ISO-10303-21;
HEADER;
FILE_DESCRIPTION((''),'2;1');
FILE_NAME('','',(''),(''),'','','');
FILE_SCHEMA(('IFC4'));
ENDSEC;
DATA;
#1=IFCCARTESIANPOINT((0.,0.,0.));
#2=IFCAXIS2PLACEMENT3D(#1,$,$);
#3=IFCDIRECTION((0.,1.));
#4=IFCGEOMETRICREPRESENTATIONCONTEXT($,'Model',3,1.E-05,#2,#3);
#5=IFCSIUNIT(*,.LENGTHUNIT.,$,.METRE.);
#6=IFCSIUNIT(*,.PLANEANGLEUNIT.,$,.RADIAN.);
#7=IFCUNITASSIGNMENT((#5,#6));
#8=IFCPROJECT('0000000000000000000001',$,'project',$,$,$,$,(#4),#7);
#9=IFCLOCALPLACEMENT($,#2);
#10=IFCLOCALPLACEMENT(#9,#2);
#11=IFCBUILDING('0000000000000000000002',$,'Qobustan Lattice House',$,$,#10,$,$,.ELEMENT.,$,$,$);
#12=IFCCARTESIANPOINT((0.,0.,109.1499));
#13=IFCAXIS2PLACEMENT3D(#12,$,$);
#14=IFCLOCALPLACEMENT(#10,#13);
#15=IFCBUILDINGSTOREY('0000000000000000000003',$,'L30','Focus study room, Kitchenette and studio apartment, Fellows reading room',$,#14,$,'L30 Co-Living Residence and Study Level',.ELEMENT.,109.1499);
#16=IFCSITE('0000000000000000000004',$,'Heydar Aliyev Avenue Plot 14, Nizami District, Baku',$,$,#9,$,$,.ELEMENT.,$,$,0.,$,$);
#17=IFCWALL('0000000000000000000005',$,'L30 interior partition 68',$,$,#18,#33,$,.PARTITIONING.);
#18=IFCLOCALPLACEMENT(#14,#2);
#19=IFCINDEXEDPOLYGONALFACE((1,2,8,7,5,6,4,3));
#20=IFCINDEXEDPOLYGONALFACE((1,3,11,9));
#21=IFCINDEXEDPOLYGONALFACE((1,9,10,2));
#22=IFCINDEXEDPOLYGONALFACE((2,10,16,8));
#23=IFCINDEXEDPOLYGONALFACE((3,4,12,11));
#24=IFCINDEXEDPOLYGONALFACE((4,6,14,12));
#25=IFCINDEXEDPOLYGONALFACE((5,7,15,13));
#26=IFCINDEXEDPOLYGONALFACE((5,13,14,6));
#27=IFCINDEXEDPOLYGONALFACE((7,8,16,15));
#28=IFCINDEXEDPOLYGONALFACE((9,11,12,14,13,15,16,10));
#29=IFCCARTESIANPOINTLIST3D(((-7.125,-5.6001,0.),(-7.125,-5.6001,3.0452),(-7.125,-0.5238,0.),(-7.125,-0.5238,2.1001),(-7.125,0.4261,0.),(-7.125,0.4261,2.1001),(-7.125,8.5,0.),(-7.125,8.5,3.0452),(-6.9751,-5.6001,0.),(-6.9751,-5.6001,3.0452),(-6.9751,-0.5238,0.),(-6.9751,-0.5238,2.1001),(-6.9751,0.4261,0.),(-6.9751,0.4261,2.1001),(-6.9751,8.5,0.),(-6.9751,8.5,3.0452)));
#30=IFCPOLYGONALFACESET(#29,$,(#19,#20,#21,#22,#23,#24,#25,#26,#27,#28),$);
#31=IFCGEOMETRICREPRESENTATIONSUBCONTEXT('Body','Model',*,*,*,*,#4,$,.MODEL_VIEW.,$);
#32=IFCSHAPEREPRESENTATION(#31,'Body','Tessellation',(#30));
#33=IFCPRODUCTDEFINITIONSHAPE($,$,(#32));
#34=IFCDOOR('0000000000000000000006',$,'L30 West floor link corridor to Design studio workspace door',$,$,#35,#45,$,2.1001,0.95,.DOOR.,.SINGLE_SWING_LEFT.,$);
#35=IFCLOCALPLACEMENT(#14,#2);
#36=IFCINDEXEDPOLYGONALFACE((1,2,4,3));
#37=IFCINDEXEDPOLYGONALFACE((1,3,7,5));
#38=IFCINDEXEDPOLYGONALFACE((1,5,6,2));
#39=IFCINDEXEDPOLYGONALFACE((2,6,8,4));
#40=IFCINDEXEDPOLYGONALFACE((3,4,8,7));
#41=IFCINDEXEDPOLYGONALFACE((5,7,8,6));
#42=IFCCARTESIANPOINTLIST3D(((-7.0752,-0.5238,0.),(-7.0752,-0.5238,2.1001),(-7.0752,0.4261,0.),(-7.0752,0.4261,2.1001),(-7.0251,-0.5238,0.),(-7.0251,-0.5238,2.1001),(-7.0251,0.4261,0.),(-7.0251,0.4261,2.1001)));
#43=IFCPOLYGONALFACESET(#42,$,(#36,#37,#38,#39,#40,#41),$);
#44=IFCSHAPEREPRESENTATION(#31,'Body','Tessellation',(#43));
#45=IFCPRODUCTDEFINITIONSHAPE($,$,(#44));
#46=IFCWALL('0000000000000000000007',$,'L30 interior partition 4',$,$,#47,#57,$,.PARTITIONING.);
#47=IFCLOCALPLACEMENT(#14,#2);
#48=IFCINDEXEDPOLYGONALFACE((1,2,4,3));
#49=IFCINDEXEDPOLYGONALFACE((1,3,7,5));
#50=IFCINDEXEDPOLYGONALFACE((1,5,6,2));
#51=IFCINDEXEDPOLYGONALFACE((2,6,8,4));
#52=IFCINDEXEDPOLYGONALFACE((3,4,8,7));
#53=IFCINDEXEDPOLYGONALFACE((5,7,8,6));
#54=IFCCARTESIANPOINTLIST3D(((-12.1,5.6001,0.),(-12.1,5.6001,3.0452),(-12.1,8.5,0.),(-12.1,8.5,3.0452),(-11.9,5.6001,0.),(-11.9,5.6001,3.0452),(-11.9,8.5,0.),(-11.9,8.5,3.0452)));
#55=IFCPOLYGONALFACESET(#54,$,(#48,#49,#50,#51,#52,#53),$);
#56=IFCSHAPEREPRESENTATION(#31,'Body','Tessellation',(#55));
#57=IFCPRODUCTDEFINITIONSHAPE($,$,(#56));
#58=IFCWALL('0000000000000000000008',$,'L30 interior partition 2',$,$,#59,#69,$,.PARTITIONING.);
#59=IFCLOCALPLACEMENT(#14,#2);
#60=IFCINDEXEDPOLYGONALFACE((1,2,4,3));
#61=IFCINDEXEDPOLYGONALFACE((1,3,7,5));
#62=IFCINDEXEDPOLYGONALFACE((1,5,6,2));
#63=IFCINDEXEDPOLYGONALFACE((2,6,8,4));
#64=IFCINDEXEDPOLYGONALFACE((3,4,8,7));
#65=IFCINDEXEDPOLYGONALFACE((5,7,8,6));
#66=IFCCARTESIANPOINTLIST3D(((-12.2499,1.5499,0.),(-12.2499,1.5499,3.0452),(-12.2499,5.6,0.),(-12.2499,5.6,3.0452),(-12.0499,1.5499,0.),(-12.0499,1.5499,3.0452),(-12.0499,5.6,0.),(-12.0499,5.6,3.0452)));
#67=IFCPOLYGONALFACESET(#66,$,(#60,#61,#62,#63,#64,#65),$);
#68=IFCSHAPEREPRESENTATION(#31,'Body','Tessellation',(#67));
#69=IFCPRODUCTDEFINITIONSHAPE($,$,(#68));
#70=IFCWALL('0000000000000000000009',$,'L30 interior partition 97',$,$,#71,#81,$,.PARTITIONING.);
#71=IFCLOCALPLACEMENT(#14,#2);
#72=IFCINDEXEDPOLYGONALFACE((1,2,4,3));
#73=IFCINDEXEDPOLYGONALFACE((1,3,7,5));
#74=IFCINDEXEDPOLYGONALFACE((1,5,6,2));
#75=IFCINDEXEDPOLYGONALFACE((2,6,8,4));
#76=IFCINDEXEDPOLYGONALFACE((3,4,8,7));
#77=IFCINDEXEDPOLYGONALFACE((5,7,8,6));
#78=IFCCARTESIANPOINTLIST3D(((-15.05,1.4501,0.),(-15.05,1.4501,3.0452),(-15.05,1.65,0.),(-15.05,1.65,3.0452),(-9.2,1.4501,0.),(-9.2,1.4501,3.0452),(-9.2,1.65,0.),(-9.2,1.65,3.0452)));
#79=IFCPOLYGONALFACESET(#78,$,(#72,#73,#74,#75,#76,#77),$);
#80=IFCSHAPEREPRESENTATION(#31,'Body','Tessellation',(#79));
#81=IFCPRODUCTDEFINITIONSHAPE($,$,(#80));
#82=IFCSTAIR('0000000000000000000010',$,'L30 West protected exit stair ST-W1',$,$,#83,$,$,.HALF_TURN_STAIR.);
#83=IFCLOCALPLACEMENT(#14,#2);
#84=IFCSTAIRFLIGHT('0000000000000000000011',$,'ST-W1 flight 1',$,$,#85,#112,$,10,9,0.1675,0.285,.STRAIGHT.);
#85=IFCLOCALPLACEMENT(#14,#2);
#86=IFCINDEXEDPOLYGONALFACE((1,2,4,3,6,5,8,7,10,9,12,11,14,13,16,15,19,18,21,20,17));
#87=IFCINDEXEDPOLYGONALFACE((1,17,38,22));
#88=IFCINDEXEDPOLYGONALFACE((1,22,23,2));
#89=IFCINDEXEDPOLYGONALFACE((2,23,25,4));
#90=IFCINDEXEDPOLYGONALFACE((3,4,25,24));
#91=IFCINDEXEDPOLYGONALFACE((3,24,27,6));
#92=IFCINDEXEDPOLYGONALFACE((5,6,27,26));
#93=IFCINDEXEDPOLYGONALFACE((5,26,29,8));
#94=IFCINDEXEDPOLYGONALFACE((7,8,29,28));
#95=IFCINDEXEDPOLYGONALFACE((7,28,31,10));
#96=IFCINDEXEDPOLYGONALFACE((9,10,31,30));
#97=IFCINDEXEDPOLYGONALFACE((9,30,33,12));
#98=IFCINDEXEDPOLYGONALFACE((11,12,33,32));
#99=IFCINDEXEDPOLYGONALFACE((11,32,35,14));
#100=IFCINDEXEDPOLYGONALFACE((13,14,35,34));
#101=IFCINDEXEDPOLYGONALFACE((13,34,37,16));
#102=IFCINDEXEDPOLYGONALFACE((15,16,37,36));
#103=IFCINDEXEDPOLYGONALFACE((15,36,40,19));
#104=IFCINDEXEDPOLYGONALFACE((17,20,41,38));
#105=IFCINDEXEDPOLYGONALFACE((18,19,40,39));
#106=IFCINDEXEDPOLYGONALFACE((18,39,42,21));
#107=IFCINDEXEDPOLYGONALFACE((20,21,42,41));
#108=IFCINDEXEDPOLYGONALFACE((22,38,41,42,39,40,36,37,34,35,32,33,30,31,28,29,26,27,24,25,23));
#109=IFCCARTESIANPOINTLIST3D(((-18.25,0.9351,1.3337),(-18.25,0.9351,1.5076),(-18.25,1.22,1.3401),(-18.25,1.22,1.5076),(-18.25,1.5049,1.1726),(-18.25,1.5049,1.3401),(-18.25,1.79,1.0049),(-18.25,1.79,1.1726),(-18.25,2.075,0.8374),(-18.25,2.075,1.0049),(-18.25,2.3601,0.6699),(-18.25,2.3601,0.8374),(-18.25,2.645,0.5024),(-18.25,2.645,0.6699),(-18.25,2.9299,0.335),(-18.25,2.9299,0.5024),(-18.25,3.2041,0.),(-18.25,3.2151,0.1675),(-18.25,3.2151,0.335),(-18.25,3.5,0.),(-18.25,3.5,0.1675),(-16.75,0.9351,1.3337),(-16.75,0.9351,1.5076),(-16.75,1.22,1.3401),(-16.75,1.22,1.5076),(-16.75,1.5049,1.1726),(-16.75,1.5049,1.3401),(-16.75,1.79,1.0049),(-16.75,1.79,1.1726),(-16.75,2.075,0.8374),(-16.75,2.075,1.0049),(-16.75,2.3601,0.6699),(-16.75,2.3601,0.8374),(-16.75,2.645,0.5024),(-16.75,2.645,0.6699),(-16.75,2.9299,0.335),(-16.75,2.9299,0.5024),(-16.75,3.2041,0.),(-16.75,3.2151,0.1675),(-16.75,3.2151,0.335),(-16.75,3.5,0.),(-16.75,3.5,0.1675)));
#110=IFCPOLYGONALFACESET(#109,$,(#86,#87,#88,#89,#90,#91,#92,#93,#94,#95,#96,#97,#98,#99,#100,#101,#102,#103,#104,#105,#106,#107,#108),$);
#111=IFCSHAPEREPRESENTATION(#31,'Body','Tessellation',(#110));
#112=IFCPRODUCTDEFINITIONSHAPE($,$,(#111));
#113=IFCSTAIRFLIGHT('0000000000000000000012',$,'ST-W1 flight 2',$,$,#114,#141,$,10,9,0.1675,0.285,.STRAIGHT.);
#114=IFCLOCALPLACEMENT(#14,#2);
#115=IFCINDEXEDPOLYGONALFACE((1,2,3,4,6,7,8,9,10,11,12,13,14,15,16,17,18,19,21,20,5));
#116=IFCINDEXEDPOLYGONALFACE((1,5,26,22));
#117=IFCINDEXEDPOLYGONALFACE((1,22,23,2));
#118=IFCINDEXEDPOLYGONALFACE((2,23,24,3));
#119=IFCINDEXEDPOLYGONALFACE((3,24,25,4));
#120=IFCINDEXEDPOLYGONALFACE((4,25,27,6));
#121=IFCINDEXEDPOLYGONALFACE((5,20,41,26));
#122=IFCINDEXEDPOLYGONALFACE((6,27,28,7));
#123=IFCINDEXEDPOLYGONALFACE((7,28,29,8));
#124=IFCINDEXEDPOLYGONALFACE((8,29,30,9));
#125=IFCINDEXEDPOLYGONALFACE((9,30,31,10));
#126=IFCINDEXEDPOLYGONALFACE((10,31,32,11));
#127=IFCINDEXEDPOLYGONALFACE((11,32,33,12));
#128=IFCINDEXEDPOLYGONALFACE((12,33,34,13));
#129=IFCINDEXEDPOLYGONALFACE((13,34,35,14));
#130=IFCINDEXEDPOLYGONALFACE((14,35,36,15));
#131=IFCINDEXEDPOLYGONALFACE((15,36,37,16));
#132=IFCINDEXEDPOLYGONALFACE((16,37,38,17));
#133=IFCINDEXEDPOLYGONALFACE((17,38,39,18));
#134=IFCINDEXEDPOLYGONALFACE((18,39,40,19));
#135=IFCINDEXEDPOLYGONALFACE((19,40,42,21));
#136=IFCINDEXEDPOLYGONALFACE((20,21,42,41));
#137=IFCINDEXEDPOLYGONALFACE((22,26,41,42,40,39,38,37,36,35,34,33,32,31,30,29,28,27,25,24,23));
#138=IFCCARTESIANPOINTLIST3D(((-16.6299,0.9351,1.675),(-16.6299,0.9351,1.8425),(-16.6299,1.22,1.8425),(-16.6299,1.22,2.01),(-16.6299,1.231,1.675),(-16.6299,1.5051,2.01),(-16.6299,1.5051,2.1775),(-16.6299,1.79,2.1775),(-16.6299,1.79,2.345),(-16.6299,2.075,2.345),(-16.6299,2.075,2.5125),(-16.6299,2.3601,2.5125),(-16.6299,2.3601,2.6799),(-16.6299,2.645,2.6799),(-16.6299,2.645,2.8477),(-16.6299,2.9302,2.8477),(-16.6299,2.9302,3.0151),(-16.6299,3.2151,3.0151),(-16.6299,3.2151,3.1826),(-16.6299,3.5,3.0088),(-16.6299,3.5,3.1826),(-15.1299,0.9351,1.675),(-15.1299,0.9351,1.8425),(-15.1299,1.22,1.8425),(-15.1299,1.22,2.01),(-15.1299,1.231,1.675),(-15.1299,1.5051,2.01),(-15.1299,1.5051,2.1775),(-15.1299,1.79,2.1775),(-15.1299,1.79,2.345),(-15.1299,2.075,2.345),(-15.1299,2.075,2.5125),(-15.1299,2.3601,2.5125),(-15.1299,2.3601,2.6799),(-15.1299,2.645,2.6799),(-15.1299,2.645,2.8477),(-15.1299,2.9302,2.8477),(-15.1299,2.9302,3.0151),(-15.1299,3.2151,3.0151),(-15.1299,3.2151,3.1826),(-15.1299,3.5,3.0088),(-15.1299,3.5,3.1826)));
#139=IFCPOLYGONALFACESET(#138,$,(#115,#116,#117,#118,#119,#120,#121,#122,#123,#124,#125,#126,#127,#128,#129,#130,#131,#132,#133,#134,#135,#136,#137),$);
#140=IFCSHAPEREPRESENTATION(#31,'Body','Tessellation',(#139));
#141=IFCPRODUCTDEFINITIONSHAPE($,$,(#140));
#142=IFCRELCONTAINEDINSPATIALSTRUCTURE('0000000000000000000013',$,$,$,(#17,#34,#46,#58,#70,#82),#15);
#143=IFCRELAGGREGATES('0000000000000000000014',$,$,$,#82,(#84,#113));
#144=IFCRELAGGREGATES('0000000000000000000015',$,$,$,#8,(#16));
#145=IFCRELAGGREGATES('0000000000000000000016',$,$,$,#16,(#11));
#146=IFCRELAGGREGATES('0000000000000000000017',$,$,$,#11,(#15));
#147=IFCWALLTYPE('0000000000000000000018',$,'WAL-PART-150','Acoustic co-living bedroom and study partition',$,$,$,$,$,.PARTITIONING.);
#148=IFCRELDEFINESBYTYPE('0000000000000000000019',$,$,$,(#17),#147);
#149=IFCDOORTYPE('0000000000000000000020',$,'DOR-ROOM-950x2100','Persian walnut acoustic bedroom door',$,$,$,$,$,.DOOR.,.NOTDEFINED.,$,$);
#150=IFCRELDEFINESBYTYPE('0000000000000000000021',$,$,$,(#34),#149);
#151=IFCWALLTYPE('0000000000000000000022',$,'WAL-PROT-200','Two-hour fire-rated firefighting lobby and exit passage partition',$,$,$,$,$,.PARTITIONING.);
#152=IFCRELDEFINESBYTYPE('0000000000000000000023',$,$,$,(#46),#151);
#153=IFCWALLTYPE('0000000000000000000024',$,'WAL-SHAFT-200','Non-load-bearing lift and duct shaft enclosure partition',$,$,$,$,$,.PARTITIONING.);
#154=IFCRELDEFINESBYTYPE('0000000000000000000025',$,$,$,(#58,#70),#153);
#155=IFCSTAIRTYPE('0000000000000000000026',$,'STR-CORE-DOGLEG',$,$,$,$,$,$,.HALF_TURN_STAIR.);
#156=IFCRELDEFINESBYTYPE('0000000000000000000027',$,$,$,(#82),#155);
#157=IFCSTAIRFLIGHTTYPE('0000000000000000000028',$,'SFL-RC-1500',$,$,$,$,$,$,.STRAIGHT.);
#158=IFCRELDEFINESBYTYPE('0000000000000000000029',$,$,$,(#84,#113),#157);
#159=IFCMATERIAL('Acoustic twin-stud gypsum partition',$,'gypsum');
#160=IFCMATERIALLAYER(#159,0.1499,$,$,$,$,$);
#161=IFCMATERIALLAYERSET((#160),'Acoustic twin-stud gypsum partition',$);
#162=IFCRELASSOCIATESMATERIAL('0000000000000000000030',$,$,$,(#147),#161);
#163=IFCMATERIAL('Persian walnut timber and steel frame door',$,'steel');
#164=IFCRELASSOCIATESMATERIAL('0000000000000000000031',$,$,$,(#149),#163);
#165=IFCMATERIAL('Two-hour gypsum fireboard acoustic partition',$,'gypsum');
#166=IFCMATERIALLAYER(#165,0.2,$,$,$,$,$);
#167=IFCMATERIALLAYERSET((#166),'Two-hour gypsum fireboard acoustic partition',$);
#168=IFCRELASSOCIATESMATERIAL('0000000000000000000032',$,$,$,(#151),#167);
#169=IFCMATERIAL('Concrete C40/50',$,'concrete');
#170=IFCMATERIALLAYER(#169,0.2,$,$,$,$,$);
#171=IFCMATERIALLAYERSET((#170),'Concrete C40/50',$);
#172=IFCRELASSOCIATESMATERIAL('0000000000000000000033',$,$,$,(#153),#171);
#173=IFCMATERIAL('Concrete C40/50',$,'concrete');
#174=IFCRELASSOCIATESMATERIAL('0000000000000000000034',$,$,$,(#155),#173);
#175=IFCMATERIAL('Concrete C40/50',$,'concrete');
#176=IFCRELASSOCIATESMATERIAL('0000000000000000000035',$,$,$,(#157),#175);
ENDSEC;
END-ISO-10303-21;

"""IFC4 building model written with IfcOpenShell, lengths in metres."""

from ifc_helpers import new_model, si_unit, direction, frame, frame_2d, origin, place, context, subcontext, project, spatial, polyline, rectangle, outline, extrude, material, layer, layer_set, type_object, element, fill, aggregate, save


model = new_model("IFC4")

# Units and contexts
model_context = context("Model", 3, precision=1e-05, world=origin(), true_north=direction((0.0, 1.0)))
body_context = subcontext(model_context, "Body", "Model", "MODEL_VIEW")
ifc_project = project(units=[si_unit("LENGTHUNIT", "METRE"), si_unit("PLANEANGLEUNIT", "RADIAN")], contexts=[model_context])

# Site, building, storey
site_placement = place(None, origin())
site = spatial("IfcSite", under=ifc_project, at=site_placement, Name="Heydar Aliyev Avenue Plot 14, Nizami District, Baku", CompositionType="ELEMENT", RefElevation=0.0)
building_placement = place(site_placement, origin())
building = spatial("IfcBuilding", under=site, at=building_placement, Name="Qobustan Lattice House", CompositionType="ELEMENT")
storey_placement = place(building_placement, frame((0.0, 0.0, 109.1499)))
storey = spatial("IfcBuildingStorey", under=building, at=storey_placement, Name="L30", Description="Focus study room, Kitchenette and studio apartment, Fellows reading room", LongName="L30 Co-Living Residence and Study Level", CompositionType="ELEMENT", Elevation=109.1499)

# Shared definitions
ifc_material_1 = material(Name="Acoustic twin-stud gypsum partition", Category="gypsum")
ifc_layer_1 = layer(ifc_material_1, 0.1499)
ifc_layer_set_1 = layer_set([ifc_layer_1], Name="Acoustic twin-stud gypsum partition")
wall_type_1 = type_object("IfcWallType", Name="WAL-PART-150", Description="Acoustic co-living bedroom and study partition", PredefinedType="PARTITIONING", material=ifc_layer_set_1)

# Wall, opening, door
wall_1_placement = place(storey_placement, frame((-7.05, 8.5, 0.0), z_axis=(0.0, 0.0, 1.0), x_axis=(0.0, -1.0, 0.0)))
wall_1 = element("IfcWall", 1, at=wall_1_placement, inside=storey, type_object=wall_type_1, Name="L30 interior partition 68", PredefinedType="PARTITIONING", context=body_context, shape_type="SweptSolid", body=[
    extrude(rectangle(XDim=14.1001, YDim=0.1499, at=frame_2d((7.05, 0.0))), origin(), (0.0, 0.0, 1.0), 3.0452),
])
opening_1_placement = place(wall_1_placement, frame((8.0737, 0.0, 0.0)))
opening_1 = element("IfcOpeningElement", 2, at=opening_1_placement, cuts=wall_1, PredefinedType="OPENING", context=body_context, shape_type="SweptSolid", body=[
    extrude(rectangle(XDim=0.95, YDim=2.1001, at=frame_2d((0.4751, 1.05))), frame((0.0, 0.085, 0.0), z_axis=(0.0, -1.0, 0.0), x_axis=(1.0, 0.0, 0.0)), (0.0, 0.0, 1.0), 0.1699),
])
ifc_material_2 = material(Name="Persian walnut timber and steel frame door", Category="steel")
door_type_1 = type_object("IfcDoorType", Name="DOR-ROOM-950x2100", Description="Persian walnut acoustic bedroom door", OperationType="NOTDEFINED", PredefinedType="DOOR", material=ifc_material_2)
door_1_placement = place(opening_1_placement, origin())
door_1 = element("IfcDoor", 3, at=door_1_placement, inside=storey, type_object=door_type_1, Name="L30 West floor link corridor to Design studio workspace door", OperationType="SINGLE_SWING_LEFT", OverallHeight=2.1001, OverallWidth=0.95, PredefinedType="DOOR", context=body_context, shape_type="SweptSolid", body=[
    extrude(rectangle(XDim=0.95, YDim=2.1001, at=frame_2d((0.4751, 1.05))), frame((0.0, 0.0249, 0.0), z_axis=(0.0, -1.0, 0.0), x_axis=(1.0, 0.0, 0.0)), (0.0, 0.0, 1.0), 0.05),
])
fill(opening_1, door_1)
ifc_material_3 = material(Name="Two-hour gypsum fireboard acoustic partition", Category="gypsum")
ifc_layer_2 = layer(ifc_material_3, 0.2)
ifc_layer_set_2 = layer_set([ifc_layer_2], Name="Two-hour gypsum fireboard acoustic partition")
wall_type_2 = type_object("IfcWallType", Name="WAL-PROT-200", Description="Two-hour fire-rated firefighting lobby and exit passage partition", PredefinedType="PARTITIONING", material=ifc_layer_set_2)

# Walls
wall_2_placement = place(storey_placement, frame((-12.0, 5.6001, 0.0), z_axis=(0.0, 0.0, 1.0), x_axis=(0.0, 1.0, 0.0)))
element("IfcWall", 4, at=wall_2_placement, inside=storey, type_object=wall_type_2, Name="L30 interior partition 4", PredefinedType="PARTITIONING", context=body_context, shape_type="SweptSolid", body=[
    extrude(rectangle(XDim=2.8999, YDim=0.2, at=frame_2d((1.45, 0.0))), origin(), (0.0, 0.0, 1.0), 3.0452),
])
ifc_material_4 = material(Name="Concrete C40/50", Category="concrete")
ifc_layer_3 = layer(ifc_material_4, 0.2)
ifc_layer_set_3 = layer_set([ifc_layer_3], Name="Concrete C40/50")
wall_type_3 = type_object("IfcWallType", Name="WAL-SHAFT-200", Description="Non-load-bearing lift and duct shaft enclosure partition", PredefinedType="PARTITIONING", material=ifc_layer_set_3)
wall_3_placement = place(storey_placement, frame((-12.1499, 1.55, 0.0), z_axis=(0.0, 0.0, 1.0), x_axis=(0.0, 1.0, 0.0)))
element("IfcWall", 5, at=wall_3_placement, inside=storey, type_object=wall_type_3, Name="L30 interior partition 2", PredefinedType="PARTITIONING", context=body_context, shape_type="SweptSolid", body=[
    extrude(rectangle(XDim=4.05, YDim=0.2, at=frame_2d((2.0249, 0.0))), origin(), (0.0, 0.0, 1.0), 3.0452),
])
wall_4_placement = place(storey_placement, frame((-15.05, 1.55, 0.0), z_axis=(0.0, 0.0, 1.0), x_axis=(1.0, 0.0, 0.0)))
element("IfcWall", 6, at=wall_4_placement, inside=storey, type_object=wall_type_3, Name="L30 interior partition 97", PredefinedType="PARTITIONING", context=body_context, shape_type="SweptSolid", body=[
    extrude(rectangle(XDim=5.8501, YDim=0.2, at=frame_2d((2.925, 0.0))), origin(), (0.0, 0.0, 1.0), 3.0452),
])

# Stair, stair flights
ifc_material_5 = material(Name="Concrete C40/50", Category="concrete")
stair_type = type_object("IfcStairType", Name="STR-CORE-DOGLEG", PredefinedType="HALF_TURN_STAIR", material=ifc_material_5)
stair_placement = place(storey_placement, origin())
stair = element("IfcStair", 7, at=stair_placement, inside=storey, type_object=stair_type, Name="L30 West protected exit stair ST-W1", PredefinedType="HALF_TURN_STAIR")
ifc_material_6 = material(Name="Concrete C40/50", Category="concrete")
stair_flight_type = type_object("IfcStairFlightType", Name="SFL-RC-1500", PredefinedType="STRAIGHT", material=ifc_material_6)
stair_flight_1_placement = place(storey_placement, frame((-17.5, 3.5, 0.0), z_axis=(0.0, 0.0, 1.0), x_axis=(0.0, -1.0, 0.0)))
stair_flight_1 = element("IfcStairFlight", 8, at=stair_flight_1_placement, type_object=stair_flight_type, Name="ST-W1 flight 1", NumberOfRisers=10, NumberOfTreads=9, PredefinedType="STRAIGHT", RiserHeight=0.1675, TreadLength=0.285, context=body_context, shape_type="SweptSolid", body=[
    extrude(outline(polyline([(0.0, 0.0), (0.0, 0.1675), (0.2849, 0.1675), (0.2849, 0.335), (0.5701, 0.335), (0.5701, 0.5024), (0.855, 0.5024), (0.855, 0.6699), (1.1399, 0.6699), (1.1399, 0.8374), (1.425, 0.8374), (1.425, 1.0049), (1.71, 1.0049), (1.71, 1.1726), (1.9951, 1.1726), (1.9951, 1.3401), (2.28, 1.3401), (2.28, 1.5076), (2.5649, 1.5076), (2.5649, 1.675), (2.5649, 1.3337), (0.2959, 0.0), (0.0, 0.0)])), frame((0.0, 0.75, 0.0), z_axis=(0.0, -1.0, 0.0), x_axis=(1.0, 0.0, 0.0)), (0.0, 0.0, 1.0), 1.5),
])
stair_flight_2_placement = place(storey_placement, frame((-15.8799, 0.9351, 1.675), z_axis=(0.0, 0.0, 1.0), x_axis=(0.0, 1.0, 0.0)))
stair_flight_2 = element("IfcStairFlight", 9, at=stair_flight_2_placement, type_object=stair_flight_type, Name="ST-W1 flight 2", NumberOfRisers=10, NumberOfTreads=9, PredefinedType="STRAIGHT", RiserHeight=0.1675, TreadLength=0.285, context=body_context, shape_type="SweptSolid", body=[
    extrude(outline(polyline([(0.0, 0.0), (0.0, 0.1675), (0.2849, 0.1675), (0.2849, 0.335), (0.5701, 0.335), (0.5701, 0.5024), (0.855, 0.5024), (0.855, 0.6699), (1.1399, 0.6699), (1.1399, 0.8374), (1.425, 0.8374), (1.425, 1.0049), (1.71, 1.0049), (1.71, 1.1726), (1.9951, 1.1726), (1.9951, 1.3401), (2.28, 1.3401), (2.28, 1.5076), (2.5649, 1.5076), (2.5649, 1.675), (2.5649, 1.3337), (0.2959, 0.0), (0.0, 0.0)])), frame((0.0, 0.75, 0.0), z_axis=(0.0, -1.0, 0.0), x_axis=(1.0, 0.0, 0.0)), (0.0, 0.0, 1.0), 1.5),
])
aggregate(stair, [stair_flight_1, stair_flight_2])

save(model, "model.ifc")
